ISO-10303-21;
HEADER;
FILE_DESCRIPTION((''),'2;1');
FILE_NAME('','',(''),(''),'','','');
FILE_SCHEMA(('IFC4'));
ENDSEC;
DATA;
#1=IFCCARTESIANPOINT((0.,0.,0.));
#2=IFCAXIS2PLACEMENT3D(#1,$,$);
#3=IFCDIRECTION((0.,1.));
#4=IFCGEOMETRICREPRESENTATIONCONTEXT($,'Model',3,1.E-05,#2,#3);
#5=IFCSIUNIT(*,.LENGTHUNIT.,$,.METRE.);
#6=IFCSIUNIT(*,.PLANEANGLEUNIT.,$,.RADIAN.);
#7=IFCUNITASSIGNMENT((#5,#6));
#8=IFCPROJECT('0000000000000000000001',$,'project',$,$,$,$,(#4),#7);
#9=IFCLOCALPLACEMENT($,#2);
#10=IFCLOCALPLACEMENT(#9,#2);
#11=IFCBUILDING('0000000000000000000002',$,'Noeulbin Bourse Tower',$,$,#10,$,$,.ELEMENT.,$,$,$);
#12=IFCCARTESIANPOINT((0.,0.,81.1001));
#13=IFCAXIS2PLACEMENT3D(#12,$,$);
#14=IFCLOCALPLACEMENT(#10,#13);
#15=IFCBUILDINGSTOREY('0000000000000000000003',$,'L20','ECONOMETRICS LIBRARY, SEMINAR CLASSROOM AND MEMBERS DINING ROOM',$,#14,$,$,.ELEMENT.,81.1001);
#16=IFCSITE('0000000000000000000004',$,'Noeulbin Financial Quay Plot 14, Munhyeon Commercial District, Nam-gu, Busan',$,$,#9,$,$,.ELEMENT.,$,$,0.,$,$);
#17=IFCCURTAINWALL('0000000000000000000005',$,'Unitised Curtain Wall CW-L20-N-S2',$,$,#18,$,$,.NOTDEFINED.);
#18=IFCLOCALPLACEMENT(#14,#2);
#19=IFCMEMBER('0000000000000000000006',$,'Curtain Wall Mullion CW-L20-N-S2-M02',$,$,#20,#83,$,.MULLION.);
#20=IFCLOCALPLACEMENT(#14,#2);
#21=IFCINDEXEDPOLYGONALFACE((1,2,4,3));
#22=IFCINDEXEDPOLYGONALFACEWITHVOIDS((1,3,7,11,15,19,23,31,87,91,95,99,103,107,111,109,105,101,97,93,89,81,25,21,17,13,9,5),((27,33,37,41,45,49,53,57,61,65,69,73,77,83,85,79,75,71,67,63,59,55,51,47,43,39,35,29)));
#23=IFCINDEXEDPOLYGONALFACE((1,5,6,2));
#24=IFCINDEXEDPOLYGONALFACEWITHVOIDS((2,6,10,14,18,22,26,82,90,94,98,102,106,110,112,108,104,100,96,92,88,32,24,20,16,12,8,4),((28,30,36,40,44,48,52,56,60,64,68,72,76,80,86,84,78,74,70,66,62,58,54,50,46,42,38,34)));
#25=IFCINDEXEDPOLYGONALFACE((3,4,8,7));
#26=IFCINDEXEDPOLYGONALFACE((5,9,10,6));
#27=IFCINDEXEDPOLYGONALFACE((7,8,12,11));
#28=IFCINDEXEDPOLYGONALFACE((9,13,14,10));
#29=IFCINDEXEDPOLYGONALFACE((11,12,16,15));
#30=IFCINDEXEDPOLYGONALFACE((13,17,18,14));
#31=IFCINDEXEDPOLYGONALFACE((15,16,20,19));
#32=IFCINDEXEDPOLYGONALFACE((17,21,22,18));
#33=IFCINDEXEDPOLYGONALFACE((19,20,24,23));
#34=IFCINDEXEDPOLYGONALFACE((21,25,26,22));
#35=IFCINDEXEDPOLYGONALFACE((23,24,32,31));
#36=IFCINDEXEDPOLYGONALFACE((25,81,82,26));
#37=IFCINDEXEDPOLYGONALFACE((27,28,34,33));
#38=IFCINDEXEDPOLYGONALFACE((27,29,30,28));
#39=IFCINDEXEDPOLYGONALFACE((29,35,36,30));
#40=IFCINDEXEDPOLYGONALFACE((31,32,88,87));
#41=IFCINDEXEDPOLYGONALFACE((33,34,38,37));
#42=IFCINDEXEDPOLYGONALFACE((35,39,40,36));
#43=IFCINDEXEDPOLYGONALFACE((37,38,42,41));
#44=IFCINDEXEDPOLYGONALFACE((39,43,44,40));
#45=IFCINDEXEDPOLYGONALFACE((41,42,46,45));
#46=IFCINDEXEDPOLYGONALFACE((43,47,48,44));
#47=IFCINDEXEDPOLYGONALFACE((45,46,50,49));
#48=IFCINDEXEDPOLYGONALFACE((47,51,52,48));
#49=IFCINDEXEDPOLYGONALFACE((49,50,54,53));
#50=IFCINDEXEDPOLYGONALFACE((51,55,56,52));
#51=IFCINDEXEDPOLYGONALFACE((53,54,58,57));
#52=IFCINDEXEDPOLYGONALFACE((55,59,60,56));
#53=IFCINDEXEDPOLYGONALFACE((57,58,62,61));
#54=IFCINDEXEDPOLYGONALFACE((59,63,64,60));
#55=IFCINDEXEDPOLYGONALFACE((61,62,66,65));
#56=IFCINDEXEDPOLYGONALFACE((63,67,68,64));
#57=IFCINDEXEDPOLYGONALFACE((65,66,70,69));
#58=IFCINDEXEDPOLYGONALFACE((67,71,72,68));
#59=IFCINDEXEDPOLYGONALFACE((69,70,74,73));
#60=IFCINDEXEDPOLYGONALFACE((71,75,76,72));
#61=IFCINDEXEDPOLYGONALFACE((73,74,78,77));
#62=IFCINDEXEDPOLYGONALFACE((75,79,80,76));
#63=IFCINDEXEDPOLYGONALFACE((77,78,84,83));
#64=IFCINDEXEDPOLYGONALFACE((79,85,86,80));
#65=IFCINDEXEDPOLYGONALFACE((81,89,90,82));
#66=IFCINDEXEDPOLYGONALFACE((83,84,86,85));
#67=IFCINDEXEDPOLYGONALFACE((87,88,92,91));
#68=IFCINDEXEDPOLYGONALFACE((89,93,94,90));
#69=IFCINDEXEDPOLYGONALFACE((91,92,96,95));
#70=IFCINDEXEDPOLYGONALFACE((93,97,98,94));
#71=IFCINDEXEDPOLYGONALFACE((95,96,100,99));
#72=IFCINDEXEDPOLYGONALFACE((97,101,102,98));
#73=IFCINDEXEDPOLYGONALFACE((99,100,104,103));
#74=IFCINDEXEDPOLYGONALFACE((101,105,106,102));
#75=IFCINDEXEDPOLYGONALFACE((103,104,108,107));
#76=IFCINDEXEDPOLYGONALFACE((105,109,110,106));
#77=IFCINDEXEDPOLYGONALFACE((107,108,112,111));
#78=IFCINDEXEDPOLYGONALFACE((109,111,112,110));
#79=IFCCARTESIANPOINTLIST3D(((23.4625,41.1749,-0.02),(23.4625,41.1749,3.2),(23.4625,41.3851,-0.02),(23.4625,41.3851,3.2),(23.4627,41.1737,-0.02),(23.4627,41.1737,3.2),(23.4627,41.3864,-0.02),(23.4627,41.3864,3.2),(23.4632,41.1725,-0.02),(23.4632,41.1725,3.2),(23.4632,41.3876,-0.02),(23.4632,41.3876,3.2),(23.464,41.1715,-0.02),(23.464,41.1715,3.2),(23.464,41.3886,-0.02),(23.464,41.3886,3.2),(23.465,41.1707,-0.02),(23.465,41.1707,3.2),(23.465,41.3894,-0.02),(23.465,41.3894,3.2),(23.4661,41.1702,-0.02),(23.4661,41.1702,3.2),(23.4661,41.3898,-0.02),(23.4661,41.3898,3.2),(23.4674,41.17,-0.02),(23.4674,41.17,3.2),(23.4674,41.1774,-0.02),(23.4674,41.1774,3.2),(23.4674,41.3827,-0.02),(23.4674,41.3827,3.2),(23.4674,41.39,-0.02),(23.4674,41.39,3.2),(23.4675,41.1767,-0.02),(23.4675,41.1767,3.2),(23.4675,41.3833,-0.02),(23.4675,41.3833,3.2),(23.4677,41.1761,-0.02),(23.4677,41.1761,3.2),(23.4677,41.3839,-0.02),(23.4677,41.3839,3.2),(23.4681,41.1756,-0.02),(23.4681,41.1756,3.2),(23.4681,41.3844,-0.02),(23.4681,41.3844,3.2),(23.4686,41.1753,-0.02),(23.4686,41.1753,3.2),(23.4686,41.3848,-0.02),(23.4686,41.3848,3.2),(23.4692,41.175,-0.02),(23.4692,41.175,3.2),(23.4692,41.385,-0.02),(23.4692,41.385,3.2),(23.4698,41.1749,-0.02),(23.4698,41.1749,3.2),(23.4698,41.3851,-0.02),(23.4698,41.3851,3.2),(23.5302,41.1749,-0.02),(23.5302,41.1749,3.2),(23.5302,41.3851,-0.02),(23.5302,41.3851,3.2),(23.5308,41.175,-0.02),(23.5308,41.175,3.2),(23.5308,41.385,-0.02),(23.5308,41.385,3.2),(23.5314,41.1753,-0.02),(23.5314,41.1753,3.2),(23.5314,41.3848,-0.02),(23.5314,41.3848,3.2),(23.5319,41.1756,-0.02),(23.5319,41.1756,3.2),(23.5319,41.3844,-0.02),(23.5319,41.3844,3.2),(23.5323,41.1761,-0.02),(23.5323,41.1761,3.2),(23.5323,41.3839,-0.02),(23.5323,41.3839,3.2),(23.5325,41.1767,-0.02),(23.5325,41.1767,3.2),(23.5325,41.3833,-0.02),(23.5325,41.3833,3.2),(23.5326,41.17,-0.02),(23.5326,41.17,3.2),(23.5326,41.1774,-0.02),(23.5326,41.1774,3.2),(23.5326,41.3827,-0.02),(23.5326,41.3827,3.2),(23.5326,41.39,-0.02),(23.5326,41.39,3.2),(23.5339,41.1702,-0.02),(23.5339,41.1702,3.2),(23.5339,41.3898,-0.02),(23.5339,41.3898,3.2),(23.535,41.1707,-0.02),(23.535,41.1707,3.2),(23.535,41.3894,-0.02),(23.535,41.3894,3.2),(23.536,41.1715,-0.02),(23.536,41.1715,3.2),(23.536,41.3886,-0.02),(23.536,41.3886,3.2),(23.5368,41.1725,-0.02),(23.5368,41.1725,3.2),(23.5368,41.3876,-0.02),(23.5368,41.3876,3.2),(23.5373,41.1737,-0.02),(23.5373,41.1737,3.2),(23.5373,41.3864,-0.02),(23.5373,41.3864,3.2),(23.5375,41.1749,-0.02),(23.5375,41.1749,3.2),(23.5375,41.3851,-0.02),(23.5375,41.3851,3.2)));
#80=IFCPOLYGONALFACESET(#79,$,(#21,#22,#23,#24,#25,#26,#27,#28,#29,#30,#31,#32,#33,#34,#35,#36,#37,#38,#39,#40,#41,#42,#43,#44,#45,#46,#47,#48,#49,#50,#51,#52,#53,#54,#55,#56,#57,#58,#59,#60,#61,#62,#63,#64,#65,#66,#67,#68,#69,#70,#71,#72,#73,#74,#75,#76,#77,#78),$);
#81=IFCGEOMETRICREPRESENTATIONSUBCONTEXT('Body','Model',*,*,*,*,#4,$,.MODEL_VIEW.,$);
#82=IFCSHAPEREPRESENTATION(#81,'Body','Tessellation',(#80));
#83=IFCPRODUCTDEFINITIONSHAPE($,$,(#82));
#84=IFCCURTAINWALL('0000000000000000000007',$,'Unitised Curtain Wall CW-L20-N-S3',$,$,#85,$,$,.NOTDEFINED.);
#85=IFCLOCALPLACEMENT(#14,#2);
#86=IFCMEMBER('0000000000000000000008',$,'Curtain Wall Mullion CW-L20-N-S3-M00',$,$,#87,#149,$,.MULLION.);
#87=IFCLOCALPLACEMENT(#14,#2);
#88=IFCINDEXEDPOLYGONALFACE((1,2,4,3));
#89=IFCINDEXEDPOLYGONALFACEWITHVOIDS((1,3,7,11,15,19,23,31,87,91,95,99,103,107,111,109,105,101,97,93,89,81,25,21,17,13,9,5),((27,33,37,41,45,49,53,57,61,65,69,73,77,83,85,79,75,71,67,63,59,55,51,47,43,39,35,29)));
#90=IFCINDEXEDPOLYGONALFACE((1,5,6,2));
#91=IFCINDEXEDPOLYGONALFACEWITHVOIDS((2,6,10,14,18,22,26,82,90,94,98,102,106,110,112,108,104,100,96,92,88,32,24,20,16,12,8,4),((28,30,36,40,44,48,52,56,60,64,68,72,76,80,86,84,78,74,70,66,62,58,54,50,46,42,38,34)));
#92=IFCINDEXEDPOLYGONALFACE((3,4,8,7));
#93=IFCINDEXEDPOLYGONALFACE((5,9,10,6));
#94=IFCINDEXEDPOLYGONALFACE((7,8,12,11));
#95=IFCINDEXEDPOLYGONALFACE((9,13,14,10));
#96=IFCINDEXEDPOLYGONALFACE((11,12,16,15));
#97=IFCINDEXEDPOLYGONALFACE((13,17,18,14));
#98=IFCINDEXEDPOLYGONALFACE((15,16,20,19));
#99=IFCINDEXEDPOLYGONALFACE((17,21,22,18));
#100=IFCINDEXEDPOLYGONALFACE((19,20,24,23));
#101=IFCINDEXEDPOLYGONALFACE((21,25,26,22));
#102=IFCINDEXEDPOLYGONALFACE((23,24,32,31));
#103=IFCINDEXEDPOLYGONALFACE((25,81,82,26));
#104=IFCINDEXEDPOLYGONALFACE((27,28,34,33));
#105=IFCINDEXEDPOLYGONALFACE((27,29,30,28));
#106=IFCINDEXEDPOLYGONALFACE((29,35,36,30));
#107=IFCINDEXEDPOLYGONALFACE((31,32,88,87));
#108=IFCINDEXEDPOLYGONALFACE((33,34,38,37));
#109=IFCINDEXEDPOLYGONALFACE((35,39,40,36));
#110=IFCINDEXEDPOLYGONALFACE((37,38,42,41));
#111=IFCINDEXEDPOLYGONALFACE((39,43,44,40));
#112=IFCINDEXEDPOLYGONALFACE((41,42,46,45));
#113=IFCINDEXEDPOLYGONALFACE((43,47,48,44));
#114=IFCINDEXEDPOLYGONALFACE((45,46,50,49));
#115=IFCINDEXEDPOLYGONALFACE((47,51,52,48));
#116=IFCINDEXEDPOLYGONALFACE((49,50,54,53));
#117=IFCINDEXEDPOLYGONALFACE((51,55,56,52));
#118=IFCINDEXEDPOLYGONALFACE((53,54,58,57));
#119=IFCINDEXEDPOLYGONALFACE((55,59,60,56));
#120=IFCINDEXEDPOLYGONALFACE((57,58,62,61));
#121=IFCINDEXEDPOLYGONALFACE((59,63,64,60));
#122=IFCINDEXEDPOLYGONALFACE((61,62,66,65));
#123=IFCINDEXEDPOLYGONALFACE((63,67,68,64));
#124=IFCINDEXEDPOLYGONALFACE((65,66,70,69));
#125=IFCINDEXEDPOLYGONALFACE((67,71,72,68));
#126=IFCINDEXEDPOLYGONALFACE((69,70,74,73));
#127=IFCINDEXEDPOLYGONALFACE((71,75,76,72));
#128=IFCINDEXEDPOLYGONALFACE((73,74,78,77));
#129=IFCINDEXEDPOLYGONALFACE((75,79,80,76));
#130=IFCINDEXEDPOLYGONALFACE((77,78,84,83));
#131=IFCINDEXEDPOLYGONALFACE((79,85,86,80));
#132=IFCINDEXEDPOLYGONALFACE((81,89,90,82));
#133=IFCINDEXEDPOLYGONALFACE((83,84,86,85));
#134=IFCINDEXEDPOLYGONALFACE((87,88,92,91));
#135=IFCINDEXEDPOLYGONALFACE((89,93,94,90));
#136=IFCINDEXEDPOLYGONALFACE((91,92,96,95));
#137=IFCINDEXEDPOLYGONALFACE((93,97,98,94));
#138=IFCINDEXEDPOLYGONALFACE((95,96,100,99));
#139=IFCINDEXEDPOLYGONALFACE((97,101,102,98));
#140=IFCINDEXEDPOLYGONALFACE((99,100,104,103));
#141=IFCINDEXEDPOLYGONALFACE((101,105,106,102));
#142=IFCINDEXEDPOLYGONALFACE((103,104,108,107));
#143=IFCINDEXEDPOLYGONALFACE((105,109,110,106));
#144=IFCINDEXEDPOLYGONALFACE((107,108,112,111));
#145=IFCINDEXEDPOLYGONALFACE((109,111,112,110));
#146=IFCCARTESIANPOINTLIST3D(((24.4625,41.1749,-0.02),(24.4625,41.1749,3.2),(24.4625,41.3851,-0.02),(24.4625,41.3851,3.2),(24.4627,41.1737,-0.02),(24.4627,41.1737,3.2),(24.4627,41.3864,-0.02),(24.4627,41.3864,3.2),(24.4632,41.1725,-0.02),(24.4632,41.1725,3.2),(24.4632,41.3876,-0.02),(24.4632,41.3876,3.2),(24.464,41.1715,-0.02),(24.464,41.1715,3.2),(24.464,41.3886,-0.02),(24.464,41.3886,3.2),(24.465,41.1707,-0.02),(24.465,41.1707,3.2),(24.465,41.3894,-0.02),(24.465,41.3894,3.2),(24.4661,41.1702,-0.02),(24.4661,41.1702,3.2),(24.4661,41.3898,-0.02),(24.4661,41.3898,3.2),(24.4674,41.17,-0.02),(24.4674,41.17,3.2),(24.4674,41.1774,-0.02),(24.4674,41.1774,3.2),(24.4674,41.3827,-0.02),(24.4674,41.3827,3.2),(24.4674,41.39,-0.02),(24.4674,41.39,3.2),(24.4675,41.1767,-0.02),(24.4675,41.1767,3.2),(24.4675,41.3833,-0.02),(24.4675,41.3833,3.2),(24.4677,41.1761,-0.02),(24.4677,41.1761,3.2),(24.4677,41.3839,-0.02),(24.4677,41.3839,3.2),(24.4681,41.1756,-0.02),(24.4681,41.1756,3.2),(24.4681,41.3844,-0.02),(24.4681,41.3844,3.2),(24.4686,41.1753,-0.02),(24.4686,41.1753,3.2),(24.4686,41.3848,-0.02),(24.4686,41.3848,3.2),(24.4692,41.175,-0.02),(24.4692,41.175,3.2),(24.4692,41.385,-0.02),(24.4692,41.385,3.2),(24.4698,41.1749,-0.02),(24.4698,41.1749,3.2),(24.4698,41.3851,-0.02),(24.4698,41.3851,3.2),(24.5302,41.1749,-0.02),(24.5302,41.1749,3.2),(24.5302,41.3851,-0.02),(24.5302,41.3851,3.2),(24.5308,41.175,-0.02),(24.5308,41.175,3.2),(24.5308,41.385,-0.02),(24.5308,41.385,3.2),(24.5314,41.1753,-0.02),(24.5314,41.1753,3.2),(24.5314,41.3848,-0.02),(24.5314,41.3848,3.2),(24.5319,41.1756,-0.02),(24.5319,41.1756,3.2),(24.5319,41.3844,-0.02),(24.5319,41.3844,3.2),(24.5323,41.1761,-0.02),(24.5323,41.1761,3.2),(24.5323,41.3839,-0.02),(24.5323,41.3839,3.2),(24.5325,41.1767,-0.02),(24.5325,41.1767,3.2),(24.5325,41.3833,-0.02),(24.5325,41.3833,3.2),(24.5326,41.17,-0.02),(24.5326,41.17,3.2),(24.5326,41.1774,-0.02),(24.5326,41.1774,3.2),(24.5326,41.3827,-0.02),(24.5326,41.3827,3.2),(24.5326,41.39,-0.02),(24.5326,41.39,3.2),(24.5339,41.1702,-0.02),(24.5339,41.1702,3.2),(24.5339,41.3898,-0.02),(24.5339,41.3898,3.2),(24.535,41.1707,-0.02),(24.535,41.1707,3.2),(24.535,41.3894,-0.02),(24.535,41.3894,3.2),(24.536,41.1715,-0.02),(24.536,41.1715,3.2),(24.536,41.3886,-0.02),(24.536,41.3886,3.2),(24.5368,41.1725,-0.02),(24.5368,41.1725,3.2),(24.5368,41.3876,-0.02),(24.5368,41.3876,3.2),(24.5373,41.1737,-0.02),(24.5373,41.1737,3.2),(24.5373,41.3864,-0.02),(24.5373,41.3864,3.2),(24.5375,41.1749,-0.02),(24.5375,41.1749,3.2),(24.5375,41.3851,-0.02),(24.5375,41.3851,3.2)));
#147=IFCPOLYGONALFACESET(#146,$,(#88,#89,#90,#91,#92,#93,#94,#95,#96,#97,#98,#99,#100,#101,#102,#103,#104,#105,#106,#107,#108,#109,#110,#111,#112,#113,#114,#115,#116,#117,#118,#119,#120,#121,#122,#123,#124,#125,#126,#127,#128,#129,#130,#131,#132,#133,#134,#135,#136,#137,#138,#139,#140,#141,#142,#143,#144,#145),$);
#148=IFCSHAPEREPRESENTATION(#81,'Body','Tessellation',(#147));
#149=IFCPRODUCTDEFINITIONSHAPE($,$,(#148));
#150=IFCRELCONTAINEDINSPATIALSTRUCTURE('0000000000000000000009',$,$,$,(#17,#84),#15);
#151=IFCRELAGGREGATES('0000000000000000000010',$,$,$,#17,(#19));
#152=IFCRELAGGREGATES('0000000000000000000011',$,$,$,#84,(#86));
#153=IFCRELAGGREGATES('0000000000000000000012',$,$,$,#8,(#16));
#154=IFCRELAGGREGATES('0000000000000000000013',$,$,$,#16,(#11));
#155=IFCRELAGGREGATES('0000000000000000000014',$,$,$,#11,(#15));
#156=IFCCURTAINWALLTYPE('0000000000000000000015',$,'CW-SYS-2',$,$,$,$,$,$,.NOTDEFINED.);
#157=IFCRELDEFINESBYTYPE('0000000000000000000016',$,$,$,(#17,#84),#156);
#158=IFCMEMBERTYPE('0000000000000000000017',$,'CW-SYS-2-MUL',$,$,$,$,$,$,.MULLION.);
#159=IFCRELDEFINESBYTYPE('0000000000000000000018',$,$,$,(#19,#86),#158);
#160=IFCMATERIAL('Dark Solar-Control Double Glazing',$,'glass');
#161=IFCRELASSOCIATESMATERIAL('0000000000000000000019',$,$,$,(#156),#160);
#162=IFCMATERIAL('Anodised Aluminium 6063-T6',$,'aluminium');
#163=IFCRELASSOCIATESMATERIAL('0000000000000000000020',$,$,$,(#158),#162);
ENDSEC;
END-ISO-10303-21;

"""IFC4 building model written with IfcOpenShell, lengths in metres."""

from ifc_helpers import new_model, si_unit, direction, frame, origin, origin_2d, place, context, subcontext, project, spatial, hollow_rectangle, extrude, material, material_profile, profile_set, type_object, element, aggregate, save


model = new_model("IFC4")

# Units and contexts
model_context = context("Model", 3, precision=1e-05, world=origin(), true_north=direction((0.0, 1.0)))
body_context = subcontext(model_context, "Body", "Model", "MODEL_VIEW")
ifc_project = project(units=[si_unit("LENGTHUNIT", "METRE"), si_unit("PLANEANGLEUNIT", "RADIAN")], contexts=[model_context])

# Site, building, storey
site_placement = place(None, origin())
site = spatial("IfcSite", under=ifc_project, at=site_placement, Name="Noeulbin Financial Quay Plot 14, Munhyeon Commercial District, Nam-gu, Busan", CompositionType="ELEMENT", RefElevation=0.0)
building_placement = place(site_placement, origin())
building = spatial("IfcBuilding", under=site, at=building_placement, Name="Noeulbin Bourse Tower", CompositionType="ELEMENT")
storey_placement = place(building_placement, frame((0.0, 0.0, 81.1001)))
storey = spatial("IfcBuildingStorey", under=building, at=storey_placement, Name="L20", Description="ECONOMETRICS LIBRARY, SEMINAR CLASSROOM AND MEMBERS DINING ROOM", CompositionType="ELEMENT", Elevation=81.1001)

# Curtain wall, member
ifc_material_1 = material(Name="Dark Solar-Control Double Glazing", Category="glass")
curtain_wall_type = type_object("IfcCurtainWallType", Name="CW-SYS-2", PredefinedType="NOTDEFINED", material=ifc_material_1)
curtain_wall_1_placement = place(storey_placement, origin())
curtain_wall_1 = element("IfcCurtainWall", 1, at=curtain_wall_1_placement, inside=storey, type_object=curtain_wall_type, Name="Unitised Curtain Wall CW-L20-N-S2", PredefinedType="NOTDEFINED")
ifc_material_2 = material(Name="Anodised Aluminium 6063-T6", Category="aluminium")
ifc_material_profile_1 = material_profile(ifc_material_2, hollow_rectangle(XDim=0.075, YDim=0.22, WallThickness=0.0049, InnerFilletRadius=0.0024, OuterFilletRadius=0.0049, at=origin_2d()), Name="ALU-MULL-75x220x5", Category="LoadBearing")
ifc_profile_set_1 = profile_set([ifc_material_profile_1], Name="Anodised Aluminium 6063-T6")
member_type_1 = type_object("IfcMemberType", Name="CW-SYS-2-MUL", PredefinedType="MULLION", material=ifc_profile_set_1)
member_1_placement = place(storey_placement, frame((23.5, 41.28, -0.02), z_axis=(0.0, 0.0, 1.0), x_axis=(1.0, 0.0, 0.0)))
member_1 = element("IfcMember", 2, at=member_1_placement, type_object=member_type_1, Name="Curtain Wall Mullion CW-L20-N-S2-M02", PredefinedType="MULLION", context=body_context, shape_type="SweptSolid", body=[
    extrude(hollow_rectangle(XDim=0.075, YDim=0.22, WallThickness=0.0049, InnerFilletRadius=0.0024, OuterFilletRadius=0.0049, at=origin_2d()), origin(), (0.0, 0.0, 1.0), 3.22),
])

# Curtain wall, member
curtain_wall_2_placement = place(storey_placement, origin())
curtain_wall_2 = element("IfcCurtainWall", 3, at=curtain_wall_2_placement, inside=storey, type_object=curtain_wall_type, Name="Unitised Curtain Wall CW-L20-N-S3", PredefinedType="NOTDEFINED")
member_2_placement = place(storey_placement, frame((24.5, 41.28, -0.02), z_axis=(0.0, 0.0, 1.0), x_axis=(1.0, 0.0, 0.0)))
member_2 = element("IfcMember", 4, at=member_2_placement, type_object=member_type_1, Name="Curtain Wall Mullion CW-L20-N-S3-M00", PredefinedType="MULLION", context=body_context, shape_type="SweptSolid", body=[
    extrude(hollow_rectangle(XDim=0.075, YDim=0.22, WallThickness=0.0049, InnerFilletRadius=0.0024, OuterFilletRadius=0.0049, at=origin_2d()), origin(), (0.0, 0.0, 1.0), 3.22),
])

aggregate(curtain_wall_1, [member_1])
aggregate(curtain_wall_2, [member_2])

save(model, "model.ifc")
